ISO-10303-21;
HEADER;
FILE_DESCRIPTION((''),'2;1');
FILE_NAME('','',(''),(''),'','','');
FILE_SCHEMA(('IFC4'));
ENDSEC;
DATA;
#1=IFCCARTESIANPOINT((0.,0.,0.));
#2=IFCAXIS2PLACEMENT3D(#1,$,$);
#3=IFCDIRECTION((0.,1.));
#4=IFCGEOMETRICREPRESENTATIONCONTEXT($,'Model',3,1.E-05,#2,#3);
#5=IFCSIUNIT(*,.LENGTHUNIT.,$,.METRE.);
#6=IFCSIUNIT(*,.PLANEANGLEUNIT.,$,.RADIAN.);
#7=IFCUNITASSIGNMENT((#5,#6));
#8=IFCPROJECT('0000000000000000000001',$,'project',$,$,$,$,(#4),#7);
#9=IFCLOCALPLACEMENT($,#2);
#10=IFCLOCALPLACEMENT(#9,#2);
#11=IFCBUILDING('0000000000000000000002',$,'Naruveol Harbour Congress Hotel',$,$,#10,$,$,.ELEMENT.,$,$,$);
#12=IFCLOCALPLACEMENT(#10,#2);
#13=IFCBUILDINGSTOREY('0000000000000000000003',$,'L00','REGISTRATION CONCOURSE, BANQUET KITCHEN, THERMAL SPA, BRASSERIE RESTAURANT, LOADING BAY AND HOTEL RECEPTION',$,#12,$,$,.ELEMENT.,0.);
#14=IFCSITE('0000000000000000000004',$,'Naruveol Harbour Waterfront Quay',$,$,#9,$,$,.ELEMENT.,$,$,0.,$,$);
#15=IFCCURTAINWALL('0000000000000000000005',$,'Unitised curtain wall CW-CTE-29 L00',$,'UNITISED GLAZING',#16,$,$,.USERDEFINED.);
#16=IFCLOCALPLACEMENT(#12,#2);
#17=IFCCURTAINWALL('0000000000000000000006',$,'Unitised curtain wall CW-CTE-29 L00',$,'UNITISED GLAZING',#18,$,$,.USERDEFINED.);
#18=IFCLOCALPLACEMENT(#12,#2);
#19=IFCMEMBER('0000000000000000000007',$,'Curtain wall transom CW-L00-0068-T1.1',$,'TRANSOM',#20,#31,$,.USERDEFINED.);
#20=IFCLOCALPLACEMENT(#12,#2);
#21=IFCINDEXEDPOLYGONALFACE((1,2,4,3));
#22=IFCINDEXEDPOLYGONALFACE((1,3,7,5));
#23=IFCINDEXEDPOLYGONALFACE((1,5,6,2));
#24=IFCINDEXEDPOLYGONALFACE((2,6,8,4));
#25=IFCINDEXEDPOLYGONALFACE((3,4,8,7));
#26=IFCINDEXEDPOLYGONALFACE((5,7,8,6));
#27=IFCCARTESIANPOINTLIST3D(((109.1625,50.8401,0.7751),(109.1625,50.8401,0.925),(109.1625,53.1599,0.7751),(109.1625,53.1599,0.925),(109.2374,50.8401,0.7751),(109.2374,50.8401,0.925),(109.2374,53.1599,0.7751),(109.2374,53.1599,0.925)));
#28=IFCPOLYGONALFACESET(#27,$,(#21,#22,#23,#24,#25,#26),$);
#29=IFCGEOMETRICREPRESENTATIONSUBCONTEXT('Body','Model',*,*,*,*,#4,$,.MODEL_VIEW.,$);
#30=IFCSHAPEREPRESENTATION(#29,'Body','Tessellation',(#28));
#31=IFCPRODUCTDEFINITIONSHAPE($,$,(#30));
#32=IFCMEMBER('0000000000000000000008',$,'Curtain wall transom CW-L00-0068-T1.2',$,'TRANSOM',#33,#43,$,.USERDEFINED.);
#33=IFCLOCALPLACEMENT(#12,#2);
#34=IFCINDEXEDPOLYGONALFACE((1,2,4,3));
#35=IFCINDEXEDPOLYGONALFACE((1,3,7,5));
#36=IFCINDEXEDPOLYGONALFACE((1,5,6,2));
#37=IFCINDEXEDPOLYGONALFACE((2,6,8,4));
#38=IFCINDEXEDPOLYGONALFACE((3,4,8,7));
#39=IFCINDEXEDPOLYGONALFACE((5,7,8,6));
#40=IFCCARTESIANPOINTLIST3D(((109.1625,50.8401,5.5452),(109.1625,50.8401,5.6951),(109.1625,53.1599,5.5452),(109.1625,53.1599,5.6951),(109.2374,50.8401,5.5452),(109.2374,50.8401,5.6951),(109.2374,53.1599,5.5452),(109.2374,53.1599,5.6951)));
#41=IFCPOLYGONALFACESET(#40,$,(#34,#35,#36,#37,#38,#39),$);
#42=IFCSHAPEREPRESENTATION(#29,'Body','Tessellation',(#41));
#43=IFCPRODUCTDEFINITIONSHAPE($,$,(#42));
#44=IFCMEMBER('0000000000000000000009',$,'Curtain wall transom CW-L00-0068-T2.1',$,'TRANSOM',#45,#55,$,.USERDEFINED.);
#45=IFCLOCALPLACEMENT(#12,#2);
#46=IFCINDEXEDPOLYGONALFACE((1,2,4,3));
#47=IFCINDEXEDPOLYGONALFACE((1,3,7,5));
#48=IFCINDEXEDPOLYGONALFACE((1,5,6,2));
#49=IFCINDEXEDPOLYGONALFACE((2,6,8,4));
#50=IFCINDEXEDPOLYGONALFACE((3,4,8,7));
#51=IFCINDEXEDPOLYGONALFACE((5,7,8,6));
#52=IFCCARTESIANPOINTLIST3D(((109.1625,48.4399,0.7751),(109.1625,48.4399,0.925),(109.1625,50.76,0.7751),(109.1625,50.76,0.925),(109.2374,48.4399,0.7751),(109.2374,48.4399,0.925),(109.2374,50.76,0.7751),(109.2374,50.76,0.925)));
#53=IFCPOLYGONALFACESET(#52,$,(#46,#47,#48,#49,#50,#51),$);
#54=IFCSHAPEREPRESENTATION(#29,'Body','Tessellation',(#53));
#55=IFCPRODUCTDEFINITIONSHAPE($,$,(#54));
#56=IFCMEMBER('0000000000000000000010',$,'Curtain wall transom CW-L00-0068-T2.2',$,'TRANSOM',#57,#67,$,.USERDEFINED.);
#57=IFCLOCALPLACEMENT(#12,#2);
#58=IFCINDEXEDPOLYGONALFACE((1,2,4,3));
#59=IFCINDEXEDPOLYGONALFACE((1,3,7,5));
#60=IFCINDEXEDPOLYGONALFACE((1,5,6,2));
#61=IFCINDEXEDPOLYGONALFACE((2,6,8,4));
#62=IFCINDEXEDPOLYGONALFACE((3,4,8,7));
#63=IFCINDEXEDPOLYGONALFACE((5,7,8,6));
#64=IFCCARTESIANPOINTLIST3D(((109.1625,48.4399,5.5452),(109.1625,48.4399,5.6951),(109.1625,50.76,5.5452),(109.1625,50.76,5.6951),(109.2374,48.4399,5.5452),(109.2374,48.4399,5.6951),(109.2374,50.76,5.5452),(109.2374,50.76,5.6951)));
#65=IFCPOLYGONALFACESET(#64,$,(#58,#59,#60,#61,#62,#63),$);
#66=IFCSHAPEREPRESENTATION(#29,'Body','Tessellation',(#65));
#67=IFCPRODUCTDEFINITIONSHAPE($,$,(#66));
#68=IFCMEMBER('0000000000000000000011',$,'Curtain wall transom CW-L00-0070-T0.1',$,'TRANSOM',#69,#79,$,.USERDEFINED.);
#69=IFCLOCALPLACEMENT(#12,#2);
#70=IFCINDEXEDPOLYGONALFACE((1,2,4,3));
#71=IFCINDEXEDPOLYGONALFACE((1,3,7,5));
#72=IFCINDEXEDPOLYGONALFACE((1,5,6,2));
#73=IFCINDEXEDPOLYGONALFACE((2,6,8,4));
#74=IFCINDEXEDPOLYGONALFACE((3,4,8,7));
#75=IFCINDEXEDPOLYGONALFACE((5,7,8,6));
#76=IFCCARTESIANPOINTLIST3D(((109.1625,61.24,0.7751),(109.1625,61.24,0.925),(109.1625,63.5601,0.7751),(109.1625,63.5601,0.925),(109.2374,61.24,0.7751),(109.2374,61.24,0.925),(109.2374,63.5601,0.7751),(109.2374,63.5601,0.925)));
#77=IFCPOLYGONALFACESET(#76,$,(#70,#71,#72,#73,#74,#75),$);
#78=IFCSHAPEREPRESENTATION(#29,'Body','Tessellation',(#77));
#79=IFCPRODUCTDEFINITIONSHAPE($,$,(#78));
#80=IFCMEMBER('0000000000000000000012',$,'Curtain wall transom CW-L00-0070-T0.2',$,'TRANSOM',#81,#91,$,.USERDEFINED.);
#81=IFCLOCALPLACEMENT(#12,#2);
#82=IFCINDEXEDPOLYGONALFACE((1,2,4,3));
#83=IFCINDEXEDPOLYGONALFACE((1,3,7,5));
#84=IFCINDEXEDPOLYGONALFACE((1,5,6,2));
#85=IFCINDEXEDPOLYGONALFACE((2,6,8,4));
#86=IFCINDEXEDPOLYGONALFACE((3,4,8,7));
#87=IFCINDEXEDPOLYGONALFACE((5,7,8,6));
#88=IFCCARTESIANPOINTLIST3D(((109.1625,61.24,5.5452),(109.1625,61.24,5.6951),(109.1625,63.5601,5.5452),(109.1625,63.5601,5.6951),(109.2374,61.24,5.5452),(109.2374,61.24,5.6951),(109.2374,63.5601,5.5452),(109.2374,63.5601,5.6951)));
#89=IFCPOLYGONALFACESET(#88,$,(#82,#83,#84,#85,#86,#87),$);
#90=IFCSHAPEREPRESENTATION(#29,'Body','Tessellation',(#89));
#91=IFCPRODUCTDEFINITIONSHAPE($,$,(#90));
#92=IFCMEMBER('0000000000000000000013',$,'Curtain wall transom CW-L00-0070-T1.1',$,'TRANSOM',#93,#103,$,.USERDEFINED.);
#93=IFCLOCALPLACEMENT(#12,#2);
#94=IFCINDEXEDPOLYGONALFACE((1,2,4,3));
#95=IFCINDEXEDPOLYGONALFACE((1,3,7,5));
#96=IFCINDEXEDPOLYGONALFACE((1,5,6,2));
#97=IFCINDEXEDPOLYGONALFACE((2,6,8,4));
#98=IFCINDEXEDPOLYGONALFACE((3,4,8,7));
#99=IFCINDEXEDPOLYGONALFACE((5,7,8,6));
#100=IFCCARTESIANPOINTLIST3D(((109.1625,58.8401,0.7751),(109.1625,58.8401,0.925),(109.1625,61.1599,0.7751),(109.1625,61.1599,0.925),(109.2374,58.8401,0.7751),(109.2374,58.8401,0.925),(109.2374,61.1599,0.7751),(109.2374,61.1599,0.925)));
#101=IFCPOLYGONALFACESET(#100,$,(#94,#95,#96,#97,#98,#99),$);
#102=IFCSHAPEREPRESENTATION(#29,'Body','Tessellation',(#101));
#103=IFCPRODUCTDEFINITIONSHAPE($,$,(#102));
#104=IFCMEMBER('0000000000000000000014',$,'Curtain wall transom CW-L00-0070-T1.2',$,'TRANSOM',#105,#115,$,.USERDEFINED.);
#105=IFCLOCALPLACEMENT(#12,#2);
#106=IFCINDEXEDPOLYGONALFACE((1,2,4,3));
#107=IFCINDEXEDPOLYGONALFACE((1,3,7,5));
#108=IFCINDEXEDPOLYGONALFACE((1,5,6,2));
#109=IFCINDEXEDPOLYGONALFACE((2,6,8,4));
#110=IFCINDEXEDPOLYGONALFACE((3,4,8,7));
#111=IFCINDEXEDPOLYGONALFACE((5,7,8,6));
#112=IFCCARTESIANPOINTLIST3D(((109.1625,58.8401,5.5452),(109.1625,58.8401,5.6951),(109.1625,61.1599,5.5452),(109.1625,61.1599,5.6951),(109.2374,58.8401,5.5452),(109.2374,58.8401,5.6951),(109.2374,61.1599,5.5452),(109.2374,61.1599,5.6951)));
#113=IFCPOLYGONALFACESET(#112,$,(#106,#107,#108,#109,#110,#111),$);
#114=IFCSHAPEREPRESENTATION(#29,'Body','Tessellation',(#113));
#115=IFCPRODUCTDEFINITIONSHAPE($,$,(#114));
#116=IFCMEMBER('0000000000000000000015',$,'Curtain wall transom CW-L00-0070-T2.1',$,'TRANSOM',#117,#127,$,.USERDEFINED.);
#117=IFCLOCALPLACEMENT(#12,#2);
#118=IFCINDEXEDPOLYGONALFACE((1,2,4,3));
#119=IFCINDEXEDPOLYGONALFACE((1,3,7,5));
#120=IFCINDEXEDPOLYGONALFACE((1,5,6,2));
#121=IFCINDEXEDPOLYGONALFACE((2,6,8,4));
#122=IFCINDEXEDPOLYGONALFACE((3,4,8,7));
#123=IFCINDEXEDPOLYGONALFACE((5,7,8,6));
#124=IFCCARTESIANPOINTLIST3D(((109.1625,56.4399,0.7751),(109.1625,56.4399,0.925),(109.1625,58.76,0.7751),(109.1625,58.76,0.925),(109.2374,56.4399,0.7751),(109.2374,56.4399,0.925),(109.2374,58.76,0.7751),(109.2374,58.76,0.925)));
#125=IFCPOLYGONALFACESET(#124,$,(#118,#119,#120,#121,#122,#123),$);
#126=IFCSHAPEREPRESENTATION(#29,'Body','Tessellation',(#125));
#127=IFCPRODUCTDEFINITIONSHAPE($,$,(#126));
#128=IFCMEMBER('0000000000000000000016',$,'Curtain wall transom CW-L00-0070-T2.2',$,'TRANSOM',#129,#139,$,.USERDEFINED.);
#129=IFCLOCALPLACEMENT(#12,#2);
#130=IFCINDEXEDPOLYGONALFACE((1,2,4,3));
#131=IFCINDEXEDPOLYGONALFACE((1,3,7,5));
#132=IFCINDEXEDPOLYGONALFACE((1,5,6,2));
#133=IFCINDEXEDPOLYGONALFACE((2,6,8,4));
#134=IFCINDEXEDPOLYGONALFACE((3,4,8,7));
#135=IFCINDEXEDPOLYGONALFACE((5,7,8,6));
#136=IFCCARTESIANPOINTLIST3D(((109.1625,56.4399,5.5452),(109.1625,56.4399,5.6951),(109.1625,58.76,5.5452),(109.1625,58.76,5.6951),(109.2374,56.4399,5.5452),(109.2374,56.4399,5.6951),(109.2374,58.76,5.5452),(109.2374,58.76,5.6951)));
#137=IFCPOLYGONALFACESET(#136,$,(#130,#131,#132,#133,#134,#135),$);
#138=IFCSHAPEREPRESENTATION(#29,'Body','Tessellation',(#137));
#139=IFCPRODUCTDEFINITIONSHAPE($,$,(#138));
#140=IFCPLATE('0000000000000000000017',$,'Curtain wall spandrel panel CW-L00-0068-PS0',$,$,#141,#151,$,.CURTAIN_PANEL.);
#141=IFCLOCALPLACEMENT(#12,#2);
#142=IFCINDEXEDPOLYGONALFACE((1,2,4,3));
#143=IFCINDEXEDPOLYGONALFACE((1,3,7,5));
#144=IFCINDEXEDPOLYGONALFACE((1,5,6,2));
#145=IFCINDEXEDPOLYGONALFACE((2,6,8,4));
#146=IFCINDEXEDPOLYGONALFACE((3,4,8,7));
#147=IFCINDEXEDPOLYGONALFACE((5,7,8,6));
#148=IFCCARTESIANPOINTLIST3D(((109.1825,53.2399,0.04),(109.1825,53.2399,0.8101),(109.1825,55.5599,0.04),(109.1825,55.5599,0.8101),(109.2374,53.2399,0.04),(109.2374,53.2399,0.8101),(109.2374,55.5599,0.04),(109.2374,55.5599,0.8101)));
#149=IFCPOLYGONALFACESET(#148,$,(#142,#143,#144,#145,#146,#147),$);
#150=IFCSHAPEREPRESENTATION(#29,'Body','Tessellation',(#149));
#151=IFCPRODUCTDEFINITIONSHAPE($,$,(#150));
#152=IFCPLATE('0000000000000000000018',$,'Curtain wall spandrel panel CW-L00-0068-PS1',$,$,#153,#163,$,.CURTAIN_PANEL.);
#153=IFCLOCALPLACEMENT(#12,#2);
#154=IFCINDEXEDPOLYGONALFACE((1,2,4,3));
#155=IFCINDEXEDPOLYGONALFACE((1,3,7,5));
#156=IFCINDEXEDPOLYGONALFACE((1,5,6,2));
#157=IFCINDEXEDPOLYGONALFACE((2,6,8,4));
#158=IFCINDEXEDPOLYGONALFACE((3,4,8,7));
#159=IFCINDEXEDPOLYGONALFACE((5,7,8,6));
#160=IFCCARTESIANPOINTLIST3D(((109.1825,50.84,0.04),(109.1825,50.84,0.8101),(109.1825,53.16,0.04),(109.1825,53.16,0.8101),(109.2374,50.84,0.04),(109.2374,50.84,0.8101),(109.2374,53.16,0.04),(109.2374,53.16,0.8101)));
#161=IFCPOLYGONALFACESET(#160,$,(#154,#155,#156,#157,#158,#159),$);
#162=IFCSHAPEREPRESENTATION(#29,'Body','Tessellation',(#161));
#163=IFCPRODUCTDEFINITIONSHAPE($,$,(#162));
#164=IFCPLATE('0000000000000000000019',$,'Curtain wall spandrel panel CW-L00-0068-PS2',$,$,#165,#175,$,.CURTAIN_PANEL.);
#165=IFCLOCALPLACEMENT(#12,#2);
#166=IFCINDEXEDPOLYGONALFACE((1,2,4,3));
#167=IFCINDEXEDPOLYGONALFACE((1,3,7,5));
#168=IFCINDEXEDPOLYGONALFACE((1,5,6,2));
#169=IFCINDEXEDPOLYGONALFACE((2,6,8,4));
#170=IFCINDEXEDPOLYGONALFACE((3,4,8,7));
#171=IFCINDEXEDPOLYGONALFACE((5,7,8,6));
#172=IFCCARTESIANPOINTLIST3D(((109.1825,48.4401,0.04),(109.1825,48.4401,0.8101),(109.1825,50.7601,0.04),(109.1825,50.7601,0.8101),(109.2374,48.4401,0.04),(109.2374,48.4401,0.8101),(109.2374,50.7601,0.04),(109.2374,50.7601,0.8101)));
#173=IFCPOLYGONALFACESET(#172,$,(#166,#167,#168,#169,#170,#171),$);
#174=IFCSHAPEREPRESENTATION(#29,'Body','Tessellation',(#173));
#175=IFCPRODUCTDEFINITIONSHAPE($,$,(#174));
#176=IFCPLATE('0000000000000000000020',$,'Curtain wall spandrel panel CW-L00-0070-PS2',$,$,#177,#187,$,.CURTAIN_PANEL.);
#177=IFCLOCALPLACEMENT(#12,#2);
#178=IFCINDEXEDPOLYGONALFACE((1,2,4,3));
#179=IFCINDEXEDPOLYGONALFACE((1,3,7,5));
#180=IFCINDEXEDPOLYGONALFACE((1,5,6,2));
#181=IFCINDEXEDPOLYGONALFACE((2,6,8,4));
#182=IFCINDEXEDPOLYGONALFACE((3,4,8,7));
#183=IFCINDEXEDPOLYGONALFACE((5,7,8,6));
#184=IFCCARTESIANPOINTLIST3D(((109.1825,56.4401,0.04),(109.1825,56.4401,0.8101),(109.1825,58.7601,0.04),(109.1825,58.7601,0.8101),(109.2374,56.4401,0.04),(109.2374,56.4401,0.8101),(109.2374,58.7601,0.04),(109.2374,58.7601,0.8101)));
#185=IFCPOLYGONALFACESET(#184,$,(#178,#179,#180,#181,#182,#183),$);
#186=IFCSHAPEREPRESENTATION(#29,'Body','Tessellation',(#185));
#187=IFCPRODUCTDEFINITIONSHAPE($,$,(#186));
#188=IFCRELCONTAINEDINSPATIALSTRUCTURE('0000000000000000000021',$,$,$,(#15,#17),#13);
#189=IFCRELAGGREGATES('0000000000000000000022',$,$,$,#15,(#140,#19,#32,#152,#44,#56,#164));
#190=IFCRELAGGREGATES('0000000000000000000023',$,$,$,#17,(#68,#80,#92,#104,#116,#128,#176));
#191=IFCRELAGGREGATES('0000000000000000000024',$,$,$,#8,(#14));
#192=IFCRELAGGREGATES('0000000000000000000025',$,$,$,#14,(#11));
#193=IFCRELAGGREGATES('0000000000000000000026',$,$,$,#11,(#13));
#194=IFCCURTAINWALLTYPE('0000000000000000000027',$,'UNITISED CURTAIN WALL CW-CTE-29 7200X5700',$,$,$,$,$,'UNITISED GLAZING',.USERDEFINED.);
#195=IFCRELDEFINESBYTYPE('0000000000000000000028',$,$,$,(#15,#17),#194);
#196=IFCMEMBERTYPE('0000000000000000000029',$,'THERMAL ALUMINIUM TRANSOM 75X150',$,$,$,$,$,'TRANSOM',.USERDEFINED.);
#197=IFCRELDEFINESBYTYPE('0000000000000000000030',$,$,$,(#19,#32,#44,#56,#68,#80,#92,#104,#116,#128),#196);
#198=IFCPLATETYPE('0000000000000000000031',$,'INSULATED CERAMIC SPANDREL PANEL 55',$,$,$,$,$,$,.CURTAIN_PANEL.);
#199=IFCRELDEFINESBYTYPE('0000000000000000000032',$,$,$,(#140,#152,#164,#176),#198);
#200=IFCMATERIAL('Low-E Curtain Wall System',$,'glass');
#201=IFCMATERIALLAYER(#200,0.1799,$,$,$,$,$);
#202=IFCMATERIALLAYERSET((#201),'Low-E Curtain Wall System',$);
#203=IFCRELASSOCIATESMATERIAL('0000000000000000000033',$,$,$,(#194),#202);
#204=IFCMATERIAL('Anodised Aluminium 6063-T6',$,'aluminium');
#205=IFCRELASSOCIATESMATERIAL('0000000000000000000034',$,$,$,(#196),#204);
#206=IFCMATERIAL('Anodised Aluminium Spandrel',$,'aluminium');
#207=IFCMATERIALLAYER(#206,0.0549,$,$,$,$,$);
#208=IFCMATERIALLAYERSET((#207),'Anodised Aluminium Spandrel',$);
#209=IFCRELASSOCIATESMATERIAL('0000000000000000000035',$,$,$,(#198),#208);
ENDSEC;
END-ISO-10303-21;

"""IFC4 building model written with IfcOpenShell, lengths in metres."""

from ifc_helpers import new_model, si_unit, direction, frame, origin, origin_2d, place, context, subcontext, project, spatial, rectangle, extrude, material, layer, layer_set, material_profile, profile_set, type_object, element, aggregate, save


model = new_model("IFC4")

# Units and contexts
model_context = context("Model", 3, precision=1e-05, world=origin(), true_north=direction((0.0, 1.0)))
body_context = subcontext(model_context, "Body", "Model", "MODEL_VIEW")
ifc_project = project(units=[si_unit("LENGTHUNIT", "METRE"), si_unit("PLANEANGLEUNIT", "RADIAN")], contexts=[model_context])

# Site, building, storey
site_placement = place(None, origin())
site = spatial("IfcSite", under=ifc_project, at=site_placement, Name="Naruveol Harbour Waterfront Quay", CompositionType="ELEMENT", RefElevation=0.0)
building_placement = place(site_placement, origin())
building = spatial("IfcBuilding", under=site, at=building_placement, Name="Naruveol Harbour Congress Hotel", CompositionType="ELEMENT")
storey_placement = place(building_placement, origin())
storey = spatial("IfcBuildingStorey", under=building, at=storey_placement, Name="L00", Description="REGISTRATION CONCOURSE, BANQUET KITCHEN, THERMAL SPA, BRASSERIE RESTAURANT, LOADING BAY AND HOTEL RECEPTION", CompositionType="ELEMENT", Elevation=0.0)

# Shared definitions
ifc_material_1 = material(Name="Low-E Curtain Wall System", Category="glass")
ifc_layer_1 = layer(ifc_material_1, 0.1799)
ifc_layer_set_1 = layer_set([ifc_layer_1], Name="Low-E Curtain Wall System")
curtain_wall_type = type_object("IfcCurtainWallType", Name="UNITISED CURTAIN WALL CW-CTE-29 7200X5700", ElementType="UNITISED GLAZING", PredefinedType="USERDEFINED", material=ifc_layer_set_1)

# Curtain walls
curtain_wall_1_placement = place(storey_placement, origin())
curtain_wall_1 = element("IfcCurtainWall", 1, at=curtain_wall_1_placement, inside=storey, type_object=curtain_wall_type, Name="Unitised curtain wall CW-CTE-29 L00", ObjectType="UNITISED GLAZING", PredefinedType="USERDEFINED")
curtain_wall_2_placement = place(storey_placement, origin())
curtain_wall_2 = element("IfcCurtainWall", 2, at=curtain_wall_2_placement, inside=storey, type_object=curtain_wall_type, Name="Unitised curtain wall CW-CTE-29 L00", ObjectType="UNITISED GLAZING", PredefinedType="USERDEFINED")

# Members
ifc_material_2 = material(Name="Anodised Aluminium 6063-T6", Category="aluminium")
ifc_material_profile_1 = material_profile(ifc_material_2, rectangle(XDim=0.075, YDim=0.1499, at=origin_2d()), Name="ALU-75x150")
ifc_profile_set_1 = profile_set([ifc_material_profile_1], Name="Anodised Aluminium 6063-T6")
member_type_1 = type_object("IfcMemberType", Name="THERMAL ALUMINIUM TRANSOM 75X150", ElementType="TRANSOM", PredefinedType="USERDEFINED", material=ifc_profile_set_1)
member_1_placement = place(storey_placement, frame((109.2, 53.1599, 0.8501), z_axis=(0.0, -1.0, 0.0), x_axis=(1.0, 0.0, 0.0)))
member_1 = element("IfcMember", 3, at=member_1_placement, type_object=member_type_1, Name="Curtain wall transom CW-L00-0068-T1.1", ObjectType="TRANSOM", PredefinedType="USERDEFINED", context=body_context, shape_type="SweptSolid", body=[
    extrude(rectangle(XDim=0.075, YDim=0.1499, at=origin_2d()), origin(), (0.0, 0.0, 1.0), 2.3198),
])
member_2_placement = place(storey_placement, frame((109.2, 53.1599, 5.6201), z_axis=(0.0, -1.0, 0.0), x_axis=(1.0, 0.0, 0.0)))
member_2 = element("IfcMember", 4, at=member_2_placement, type_object=member_type_1, Name="Curtain wall transom CW-L00-0068-T1.2", ObjectType="TRANSOM", PredefinedType="USERDEFINED", context=body_context, shape_type="SweptSolid", body=[
    extrude(rectangle(XDim=0.075, YDim=0.1499, at=origin_2d()), origin(), (0.0, 0.0, 1.0), 2.3198),
])
member_3_placement = place(storey_placement, frame((109.2, 50.76, 0.8501), z_axis=(0.0, -1.0, 0.0), x_axis=(1.0, 0.0, 0.0)))
member_3 = element("IfcMember", 5, at=member_3_placement, type_object=member_type_1, Name="Curtain wall transom CW-L00-0068-T2.1", ObjectType="TRANSOM", PredefinedType="USERDEFINED", context=body_context, shape_type="SweptSolid", body=[
    extrude(rectangle(XDim=0.075, YDim=0.1499, at=origin_2d()), origin(), (0.0, 0.0, 1.0), 2.3201),
])
member_4_placement = place(storey_placement, frame((109.2, 50.76, 5.6201), z_axis=(0.0, -1.0, 0.0), x_axis=(1.0, 0.0, 0.0)))
member_4 = element("IfcMember", 6, at=member_4_placement, type_object=member_type_1, Name="Curtain wall transom CW-L00-0068-T2.2", ObjectType="TRANSOM", PredefinedType="USERDEFINED", context=body_context, shape_type="SweptSolid", body=[
    extrude(rectangle(XDim=0.075, YDim=0.1499, at=origin_2d()), origin(), (0.0, 0.0, 1.0), 2.3201),
])
member_5_placement = place(storey_placement, frame((109.2, 63.5601, 0.8501), z_axis=(0.0, -1.0, 0.0), x_axis=(1.0, 0.0, 0.0)))
member_5 = element("IfcMember", 7, at=member_5_placement, type_object=member_type_1, Name="Curtain wall transom CW-L00-0070-T0.1", ObjectType="TRANSOM", PredefinedType="USERDEFINED", context=body_context, shape_type="SweptSolid", body=[
    extrude(rectangle(XDim=0.075, YDim=0.1499, at=origin_2d()), origin(), (0.0, 0.0, 1.0), 2.3201),
])
member_6_placement = place(storey_placement, frame((109.2, 63.5601, 5.6201), z_axis=(0.0, -1.0, 0.0), x_axis=(1.0, 0.0, 0.0)))
member_6 = element("IfcMember", 8, at=member_6_placement, type_object=member_type_1, Name="Curtain wall transom CW-L00-0070-T0.2", ObjectType="TRANSOM", PredefinedType="USERDEFINED", context=body_context, shape_type="SweptSolid", body=[
    extrude(rectangle(XDim=0.075, YDim=0.1499, at=origin_2d()), origin(), (0.0, 0.0, 1.0), 2.3201),
])
member_7_placement = place(storey_placement, frame((109.2, 61.1599, 0.8501), z_axis=(0.0, -1.0, 0.0), x_axis=(1.0, 0.0, 0.0)))
member_7 = element("IfcMember", 9, at=member_7_placement, type_object=member_type_1, Name="Curtain wall transom CW-L00-0070-T1.1", ObjectType="TRANSOM", PredefinedType="USERDEFINED", context=body_context, shape_type="SweptSolid", body=[
    extrude(rectangle(XDim=0.075, YDim=0.1499, at=origin_2d()), origin(), (0.0, 0.0, 1.0), 2.3198),
])
member_8_placement = place(storey_placement, frame((109.2, 61.1599, 5.6201), z_axis=(0.0, -1.0, 0.0), x_axis=(1.0, 0.0, 0.0)))
member_8 = element("IfcMember", 10, at=member_8_placement, type_object=member_type_1, Name="Curtain wall transom CW-L00-0070-T1.2", ObjectType="TRANSOM", PredefinedType="USERDEFINED", context=body_context, shape_type="SweptSolid", body=[
    extrude(rectangle(XDim=0.075, YDim=0.1499, at=origin_2d()), origin(), (0.0, 0.0, 1.0), 2.3198),
])
member_9_placement = place(storey_placement, frame((109.2, 58.76, 0.8501), z_axis=(0.0, -1.0, 0.0), x_axis=(1.0, 0.0, 0.0)))
member_9 = element("IfcMember", 11, at=member_9_placement, type_object=member_type_1, Name="Curtain wall transom CW-L00-0070-T2.1", ObjectType="TRANSOM", PredefinedType="USERDEFINED", context=body_context, shape_type="SweptSolid", body=[
    extrude(rectangle(XDim=0.075, YDim=0.1499, at=origin_2d()), origin(), (0.0, 0.0, 1.0), 2.3201),
])
member_10_placement = place(storey_placement, frame((109.2, 58.76, 5.6201), z_axis=(0.0, -1.0, 0.0), x_axis=(1.0, 0.0, 0.0)))
member_10 = element("IfcMember", 12, at=member_10_placement, type_object=member_type_1, Name="Curtain wall transom CW-L00-0070-T2.2", ObjectType="TRANSOM", PredefinedType="USERDEFINED", context=body_context, shape_type="SweptSolid", body=[
    extrude(rectangle(XDim=0.075, YDim=0.1499, at=origin_2d()), origin(), (0.0, 0.0, 1.0), 2.3201),
])

# Plates
ifc_material_3 = material(Name="Anodised Aluminium Spandrel", Category="aluminium")
ifc_layer_2 = layer(ifc_material_3, 0.0549)
ifc_layer_set_2 = layer_set([ifc_layer_2], Name="Anodised Aluminium Spandrel")
plate_type_1 = type_object("IfcPlateType", Name="INSULATED CERAMIC SPANDREL PANEL 55", PredefinedType="CURTAIN_PANEL", material=ifc_layer_set_2)
plate_1_placement = place(storey_placement, frame((109.21, 54.3999, 0.04), z_axis=(0.0, 0.0, 1.0), x_axis=(0.0, -1.0, 0.0)))
plate_1 = element("IfcPlate", 13, at=plate_1_placement, type_object=plate_type_1, Name="Curtain wall spandrel panel CW-L00-0068-PS0", PredefinedType="CURTAIN_PANEL", context=body_context, shape_type="SweptSolid", body=[
    extrude(rectangle(XDim=2.3201, YDim=0.0549, at=origin_2d()), origin(), (0.0, 0.0, 1.0), 0.77),
])
plate_2_placement = place(storey_placement, frame((109.21, 52.0, 0.04), z_axis=(0.0, 0.0, 1.0), x_axis=(0.0, -1.0, 0.0)))
plate_2 = element("IfcPlate", 14, at=plate_2_placement, type_object=plate_type_1, Name="Curtain wall spandrel panel CW-L00-0068-PS1", PredefinedType="CURTAIN_PANEL", context=body_context, shape_type="SweptSolid", body=[
    extrude(rectangle(XDim=2.3201, YDim=0.0549, at=origin_2d()), origin(), (0.0, 0.0, 1.0), 0.77),
])
plate_3_placement = place(storey_placement, frame((109.21, 49.6001, 0.04), z_axis=(0.0, 0.0, 1.0), x_axis=(0.0, -1.0, 0.0)))
plate_3 = element("IfcPlate", 15, at=plate_3_placement, type_object=plate_type_1, Name="Curtain wall spandrel panel CW-L00-0068-PS2", PredefinedType="CURTAIN_PANEL", context=body_context, shape_type="SweptSolid", body=[
    extrude(rectangle(XDim=2.3201, YDim=0.0549, at=origin_2d()), origin(), (0.0, 0.0, 1.0), 0.77),
])
plate_4_placement = place(storey_placement, frame((109.21, 57.6001, 0.04), z_axis=(0.0, 0.0, 1.0), x_axis=(0.0, -1.0, 0.0)))
plate_4 = element("IfcPlate", 16, at=plate_4_placement, type_object=plate_type_1, Name="Curtain wall spandrel panel CW-L00-0070-PS2", PredefinedType="CURTAIN_PANEL", context=body_context, shape_type="SweptSolid", body=[
    extrude(rectangle(XDim=2.3201, YDim=0.0549, at=origin_2d()), origin(), (0.0, 0.0, 1.0), 0.77),
])
aggregate(curtain_wall_1, [plate_1, member_1, member_2, plate_2, member_3, member_4, plate_3])
aggregate(curtain_wall_2, [member_5, member_6, member_7, member_8, member_9, member_10, plate_4])

save(model, "model.ifc")
